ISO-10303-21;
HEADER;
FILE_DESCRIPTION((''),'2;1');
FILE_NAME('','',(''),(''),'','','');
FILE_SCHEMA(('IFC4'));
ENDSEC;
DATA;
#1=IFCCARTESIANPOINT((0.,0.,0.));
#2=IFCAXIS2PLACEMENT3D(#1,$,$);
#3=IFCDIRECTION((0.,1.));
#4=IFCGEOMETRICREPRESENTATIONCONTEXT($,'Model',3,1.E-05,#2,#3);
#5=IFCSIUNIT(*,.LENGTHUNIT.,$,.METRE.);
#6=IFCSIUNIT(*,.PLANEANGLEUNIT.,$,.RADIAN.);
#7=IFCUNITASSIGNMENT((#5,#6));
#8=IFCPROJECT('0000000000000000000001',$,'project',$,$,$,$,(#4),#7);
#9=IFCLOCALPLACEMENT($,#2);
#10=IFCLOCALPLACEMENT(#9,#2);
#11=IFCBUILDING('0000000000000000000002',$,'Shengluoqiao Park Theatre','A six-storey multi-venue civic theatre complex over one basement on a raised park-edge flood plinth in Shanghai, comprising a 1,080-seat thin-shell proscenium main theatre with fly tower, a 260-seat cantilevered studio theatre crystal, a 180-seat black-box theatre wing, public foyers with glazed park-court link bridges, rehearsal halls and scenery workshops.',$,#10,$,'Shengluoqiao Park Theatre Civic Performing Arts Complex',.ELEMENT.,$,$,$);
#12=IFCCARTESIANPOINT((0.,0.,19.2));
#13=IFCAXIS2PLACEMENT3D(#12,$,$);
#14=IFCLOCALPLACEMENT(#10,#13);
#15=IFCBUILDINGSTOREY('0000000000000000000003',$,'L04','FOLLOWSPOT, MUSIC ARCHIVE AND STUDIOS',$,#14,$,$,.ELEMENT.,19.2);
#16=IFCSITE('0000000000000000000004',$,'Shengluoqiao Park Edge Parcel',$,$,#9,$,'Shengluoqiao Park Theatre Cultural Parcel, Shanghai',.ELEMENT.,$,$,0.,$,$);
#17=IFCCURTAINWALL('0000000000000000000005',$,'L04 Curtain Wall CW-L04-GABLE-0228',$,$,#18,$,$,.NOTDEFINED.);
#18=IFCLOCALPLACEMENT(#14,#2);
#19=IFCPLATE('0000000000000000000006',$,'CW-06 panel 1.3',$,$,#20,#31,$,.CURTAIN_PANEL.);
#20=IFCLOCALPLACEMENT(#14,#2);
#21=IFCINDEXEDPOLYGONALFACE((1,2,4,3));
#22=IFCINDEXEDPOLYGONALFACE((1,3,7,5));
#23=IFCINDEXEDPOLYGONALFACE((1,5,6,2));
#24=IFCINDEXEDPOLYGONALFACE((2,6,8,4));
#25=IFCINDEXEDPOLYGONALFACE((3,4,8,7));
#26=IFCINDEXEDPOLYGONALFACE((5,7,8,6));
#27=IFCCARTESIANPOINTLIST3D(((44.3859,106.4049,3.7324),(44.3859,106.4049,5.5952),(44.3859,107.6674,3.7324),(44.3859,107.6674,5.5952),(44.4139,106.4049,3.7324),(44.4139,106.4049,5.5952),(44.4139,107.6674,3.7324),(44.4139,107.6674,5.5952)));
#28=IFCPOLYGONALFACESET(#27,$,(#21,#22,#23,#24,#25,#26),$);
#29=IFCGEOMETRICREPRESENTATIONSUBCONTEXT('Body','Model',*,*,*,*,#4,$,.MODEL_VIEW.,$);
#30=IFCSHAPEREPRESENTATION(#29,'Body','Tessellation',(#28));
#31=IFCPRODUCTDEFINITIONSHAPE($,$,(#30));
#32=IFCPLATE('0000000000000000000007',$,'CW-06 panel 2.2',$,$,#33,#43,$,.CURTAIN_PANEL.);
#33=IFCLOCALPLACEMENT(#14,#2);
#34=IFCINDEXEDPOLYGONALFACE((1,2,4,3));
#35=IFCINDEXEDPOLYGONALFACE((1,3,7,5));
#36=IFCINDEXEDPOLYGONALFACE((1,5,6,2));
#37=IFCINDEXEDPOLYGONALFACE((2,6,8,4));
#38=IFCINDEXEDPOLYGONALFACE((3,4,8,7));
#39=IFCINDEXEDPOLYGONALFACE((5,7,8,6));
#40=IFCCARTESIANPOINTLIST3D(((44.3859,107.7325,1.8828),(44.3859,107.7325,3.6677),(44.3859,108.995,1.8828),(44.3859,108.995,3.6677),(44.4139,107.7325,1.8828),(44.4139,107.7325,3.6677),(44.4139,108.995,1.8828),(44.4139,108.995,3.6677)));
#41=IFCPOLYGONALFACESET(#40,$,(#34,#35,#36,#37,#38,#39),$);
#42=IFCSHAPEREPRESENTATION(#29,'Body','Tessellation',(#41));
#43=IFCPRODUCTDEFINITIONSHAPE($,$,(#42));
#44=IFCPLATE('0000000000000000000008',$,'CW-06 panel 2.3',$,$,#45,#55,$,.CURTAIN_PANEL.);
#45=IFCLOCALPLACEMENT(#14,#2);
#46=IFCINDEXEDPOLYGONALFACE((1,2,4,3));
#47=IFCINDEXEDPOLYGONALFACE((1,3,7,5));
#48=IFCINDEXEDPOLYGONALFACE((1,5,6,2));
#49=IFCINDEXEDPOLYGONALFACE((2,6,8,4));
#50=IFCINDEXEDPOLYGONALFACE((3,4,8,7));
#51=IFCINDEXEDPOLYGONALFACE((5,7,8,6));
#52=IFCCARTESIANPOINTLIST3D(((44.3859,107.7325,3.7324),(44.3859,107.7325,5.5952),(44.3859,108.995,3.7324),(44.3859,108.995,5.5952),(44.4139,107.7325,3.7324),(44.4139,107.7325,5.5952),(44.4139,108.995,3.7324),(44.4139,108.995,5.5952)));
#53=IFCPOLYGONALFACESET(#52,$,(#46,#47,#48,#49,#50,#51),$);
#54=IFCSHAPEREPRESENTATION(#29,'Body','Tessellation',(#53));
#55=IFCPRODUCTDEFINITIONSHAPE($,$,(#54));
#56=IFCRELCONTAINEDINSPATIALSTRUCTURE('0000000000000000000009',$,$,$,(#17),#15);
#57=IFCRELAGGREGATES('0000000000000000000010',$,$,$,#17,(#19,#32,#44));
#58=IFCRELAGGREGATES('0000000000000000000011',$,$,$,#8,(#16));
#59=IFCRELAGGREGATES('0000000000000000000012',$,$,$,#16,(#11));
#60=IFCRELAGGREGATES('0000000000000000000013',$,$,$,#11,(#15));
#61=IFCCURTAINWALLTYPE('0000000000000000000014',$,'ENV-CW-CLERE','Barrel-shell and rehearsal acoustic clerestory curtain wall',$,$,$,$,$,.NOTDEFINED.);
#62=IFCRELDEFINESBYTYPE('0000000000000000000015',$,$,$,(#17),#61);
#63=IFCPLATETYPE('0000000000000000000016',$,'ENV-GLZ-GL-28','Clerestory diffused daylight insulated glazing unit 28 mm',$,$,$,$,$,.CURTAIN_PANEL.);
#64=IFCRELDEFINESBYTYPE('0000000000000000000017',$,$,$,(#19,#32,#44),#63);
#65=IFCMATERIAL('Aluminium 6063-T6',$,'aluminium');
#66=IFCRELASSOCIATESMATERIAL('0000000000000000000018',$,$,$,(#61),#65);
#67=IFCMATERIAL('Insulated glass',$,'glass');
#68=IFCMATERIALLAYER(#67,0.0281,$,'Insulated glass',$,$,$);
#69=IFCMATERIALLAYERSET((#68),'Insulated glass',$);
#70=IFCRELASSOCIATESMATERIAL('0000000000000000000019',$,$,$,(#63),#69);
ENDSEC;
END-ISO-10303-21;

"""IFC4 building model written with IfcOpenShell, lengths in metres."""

from ifc_helpers import new_model, si_unit, direction, frame, origin, origin_2d, place, context, subcontext, project, spatial, rectangle, extrude, material, layer, layer_set, type_object, element, aggregate, save


model = new_model("IFC4")

# Units and contexts
model_context = context("Model", 3, precision=1e-05, world=origin(), true_north=direction((0.0, 1.0)))
body_context = subcontext(model_context, "Body", "Model", "MODEL_VIEW")
ifc_project = project(units=[si_unit("LENGTHUNIT", "METRE"), si_unit("PLANEANGLEUNIT", "RADIAN")], contexts=[model_context])

# Site, building, storey
site_placement = place(None, origin())
site = spatial("IfcSite", under=ifc_project, at=site_placement, Name="Shengluoqiao Park Edge Parcel", LongName="Shengluoqiao Park Theatre Cultural Parcel, Shanghai", CompositionType="ELEMENT", RefElevation=0.0)
building_placement = place(site_placement, origin())
building = spatial("IfcBuilding", under=site, at=building_placement, Name="Shengluoqiao Park Theatre", Description="A six-storey multi-venue civic theatre complex over one basement on a raised park-edge flood plinth in Shanghai, comprising a 1,080-seat thin-shell proscenium main theatre with fly tower, a 260-seat cantilevered studio theatre crystal, a 180-seat black-box theatre wing, public foyers with glazed park-court link bridges, rehearsal halls and scenery workshops.", LongName="Shengluoqiao Park Theatre Civic Performing Arts Complex", CompositionType="ELEMENT")
storey_placement = place(building_placement, frame((0.0, 0.0, 19.2)))
storey = spatial("IfcBuildingStorey", under=building, at=storey_placement, Name="L04", Description="FOLLOWSPOT, MUSIC ARCHIVE AND STUDIOS", CompositionType="ELEMENT", Elevation=19.2)

# Curtain wall
ifc_material_1 = material(Name="Aluminium 6063-T6", Category="aluminium")
curtain_wall_type = type_object("IfcCurtainWallType", Name="ENV-CW-CLERE", Description="Barrel-shell and rehearsal acoustic clerestory curtain wall", PredefinedType="NOTDEFINED", material=ifc_material_1)
curtain_wall_1_placement = place(storey_placement, origin())
curtain_wall_1 = element("IfcCurtainWall", 1, at=curtain_wall_1_placement, inside=storey, type_object=curtain_wall_type, Name="L04 Curtain Wall CW-L04-GABLE-0228", PredefinedType="NOTDEFINED")

# Plates
ifc_material_2 = material(Name="Insulated glass", Category="glass")
ifc_layer = layer(ifc_material_2, 0.0281, Name="Insulated glass")
ifc_layer_set = layer_set([ifc_layer], Name="Insulated glass")
plate_type = type_object("IfcPlateType", Name="ENV-GLZ-GL-28", Description="Clerestory diffused daylight insulated glazing unit 28 mm", PredefinedType="CURTAIN_PANEL", material=ifc_layer_set)
plate_1_placement = place(storey_placement, frame((44.3999, 107.0361, 3.7324), z_axis=(0.0, 0.0, 1.0), x_axis=(0.0, 1.0, 0.0)))
plate_1 = element("IfcPlate", 2, at=plate_1_placement, type_object=plate_type, Name="CW-06 panel 1.3", PredefinedType="CURTAIN_PANEL", context=body_context, shape_type="SweptSolid", body=[
    extrude(rectangle(XDim=1.2625, YDim=0.0281, at=origin_2d()), origin(), (0.0, 0.0, 1.0), 1.8628),
])
plate_2_placement = place(storey_placement, frame((44.3999, 108.3638, 1.8828), z_axis=(0.0, 0.0, 1.0), x_axis=(0.0, 1.0, 0.0)))
plate_2 = element("IfcPlate", 3, at=plate_2_placement, type_object=plate_type, Name="CW-06 panel 2.2", PredefinedType="CURTAIN_PANEL", context=body_context, shape_type="SweptSolid", body=[
    extrude(rectangle(XDim=1.2625, YDim=0.0281, at=origin_2d()), origin(), (0.0, 0.0, 1.0), 1.7849),
])
plate_3_placement = place(storey_placement, frame((44.3999, 108.3638, 3.7324), z_axis=(0.0, 0.0, 1.0), x_axis=(0.0, 1.0, 0.0)))
plate_3 = element("IfcPlate", 4, at=plate_3_placement, type_object=plate_type, Name="CW-06 panel 2.3", PredefinedType="CURTAIN_PANEL", context=body_context, shape_type="SweptSolid", body=[
    extrude(rectangle(XDim=1.2625, YDim=0.0281, at=origin_2d()), origin(), (0.0, 0.0, 1.0), 1.8628),
])
aggregate(curtain_wall_1, [plate_1, plate_2, plate_3])

save(model, "model.ifc")
